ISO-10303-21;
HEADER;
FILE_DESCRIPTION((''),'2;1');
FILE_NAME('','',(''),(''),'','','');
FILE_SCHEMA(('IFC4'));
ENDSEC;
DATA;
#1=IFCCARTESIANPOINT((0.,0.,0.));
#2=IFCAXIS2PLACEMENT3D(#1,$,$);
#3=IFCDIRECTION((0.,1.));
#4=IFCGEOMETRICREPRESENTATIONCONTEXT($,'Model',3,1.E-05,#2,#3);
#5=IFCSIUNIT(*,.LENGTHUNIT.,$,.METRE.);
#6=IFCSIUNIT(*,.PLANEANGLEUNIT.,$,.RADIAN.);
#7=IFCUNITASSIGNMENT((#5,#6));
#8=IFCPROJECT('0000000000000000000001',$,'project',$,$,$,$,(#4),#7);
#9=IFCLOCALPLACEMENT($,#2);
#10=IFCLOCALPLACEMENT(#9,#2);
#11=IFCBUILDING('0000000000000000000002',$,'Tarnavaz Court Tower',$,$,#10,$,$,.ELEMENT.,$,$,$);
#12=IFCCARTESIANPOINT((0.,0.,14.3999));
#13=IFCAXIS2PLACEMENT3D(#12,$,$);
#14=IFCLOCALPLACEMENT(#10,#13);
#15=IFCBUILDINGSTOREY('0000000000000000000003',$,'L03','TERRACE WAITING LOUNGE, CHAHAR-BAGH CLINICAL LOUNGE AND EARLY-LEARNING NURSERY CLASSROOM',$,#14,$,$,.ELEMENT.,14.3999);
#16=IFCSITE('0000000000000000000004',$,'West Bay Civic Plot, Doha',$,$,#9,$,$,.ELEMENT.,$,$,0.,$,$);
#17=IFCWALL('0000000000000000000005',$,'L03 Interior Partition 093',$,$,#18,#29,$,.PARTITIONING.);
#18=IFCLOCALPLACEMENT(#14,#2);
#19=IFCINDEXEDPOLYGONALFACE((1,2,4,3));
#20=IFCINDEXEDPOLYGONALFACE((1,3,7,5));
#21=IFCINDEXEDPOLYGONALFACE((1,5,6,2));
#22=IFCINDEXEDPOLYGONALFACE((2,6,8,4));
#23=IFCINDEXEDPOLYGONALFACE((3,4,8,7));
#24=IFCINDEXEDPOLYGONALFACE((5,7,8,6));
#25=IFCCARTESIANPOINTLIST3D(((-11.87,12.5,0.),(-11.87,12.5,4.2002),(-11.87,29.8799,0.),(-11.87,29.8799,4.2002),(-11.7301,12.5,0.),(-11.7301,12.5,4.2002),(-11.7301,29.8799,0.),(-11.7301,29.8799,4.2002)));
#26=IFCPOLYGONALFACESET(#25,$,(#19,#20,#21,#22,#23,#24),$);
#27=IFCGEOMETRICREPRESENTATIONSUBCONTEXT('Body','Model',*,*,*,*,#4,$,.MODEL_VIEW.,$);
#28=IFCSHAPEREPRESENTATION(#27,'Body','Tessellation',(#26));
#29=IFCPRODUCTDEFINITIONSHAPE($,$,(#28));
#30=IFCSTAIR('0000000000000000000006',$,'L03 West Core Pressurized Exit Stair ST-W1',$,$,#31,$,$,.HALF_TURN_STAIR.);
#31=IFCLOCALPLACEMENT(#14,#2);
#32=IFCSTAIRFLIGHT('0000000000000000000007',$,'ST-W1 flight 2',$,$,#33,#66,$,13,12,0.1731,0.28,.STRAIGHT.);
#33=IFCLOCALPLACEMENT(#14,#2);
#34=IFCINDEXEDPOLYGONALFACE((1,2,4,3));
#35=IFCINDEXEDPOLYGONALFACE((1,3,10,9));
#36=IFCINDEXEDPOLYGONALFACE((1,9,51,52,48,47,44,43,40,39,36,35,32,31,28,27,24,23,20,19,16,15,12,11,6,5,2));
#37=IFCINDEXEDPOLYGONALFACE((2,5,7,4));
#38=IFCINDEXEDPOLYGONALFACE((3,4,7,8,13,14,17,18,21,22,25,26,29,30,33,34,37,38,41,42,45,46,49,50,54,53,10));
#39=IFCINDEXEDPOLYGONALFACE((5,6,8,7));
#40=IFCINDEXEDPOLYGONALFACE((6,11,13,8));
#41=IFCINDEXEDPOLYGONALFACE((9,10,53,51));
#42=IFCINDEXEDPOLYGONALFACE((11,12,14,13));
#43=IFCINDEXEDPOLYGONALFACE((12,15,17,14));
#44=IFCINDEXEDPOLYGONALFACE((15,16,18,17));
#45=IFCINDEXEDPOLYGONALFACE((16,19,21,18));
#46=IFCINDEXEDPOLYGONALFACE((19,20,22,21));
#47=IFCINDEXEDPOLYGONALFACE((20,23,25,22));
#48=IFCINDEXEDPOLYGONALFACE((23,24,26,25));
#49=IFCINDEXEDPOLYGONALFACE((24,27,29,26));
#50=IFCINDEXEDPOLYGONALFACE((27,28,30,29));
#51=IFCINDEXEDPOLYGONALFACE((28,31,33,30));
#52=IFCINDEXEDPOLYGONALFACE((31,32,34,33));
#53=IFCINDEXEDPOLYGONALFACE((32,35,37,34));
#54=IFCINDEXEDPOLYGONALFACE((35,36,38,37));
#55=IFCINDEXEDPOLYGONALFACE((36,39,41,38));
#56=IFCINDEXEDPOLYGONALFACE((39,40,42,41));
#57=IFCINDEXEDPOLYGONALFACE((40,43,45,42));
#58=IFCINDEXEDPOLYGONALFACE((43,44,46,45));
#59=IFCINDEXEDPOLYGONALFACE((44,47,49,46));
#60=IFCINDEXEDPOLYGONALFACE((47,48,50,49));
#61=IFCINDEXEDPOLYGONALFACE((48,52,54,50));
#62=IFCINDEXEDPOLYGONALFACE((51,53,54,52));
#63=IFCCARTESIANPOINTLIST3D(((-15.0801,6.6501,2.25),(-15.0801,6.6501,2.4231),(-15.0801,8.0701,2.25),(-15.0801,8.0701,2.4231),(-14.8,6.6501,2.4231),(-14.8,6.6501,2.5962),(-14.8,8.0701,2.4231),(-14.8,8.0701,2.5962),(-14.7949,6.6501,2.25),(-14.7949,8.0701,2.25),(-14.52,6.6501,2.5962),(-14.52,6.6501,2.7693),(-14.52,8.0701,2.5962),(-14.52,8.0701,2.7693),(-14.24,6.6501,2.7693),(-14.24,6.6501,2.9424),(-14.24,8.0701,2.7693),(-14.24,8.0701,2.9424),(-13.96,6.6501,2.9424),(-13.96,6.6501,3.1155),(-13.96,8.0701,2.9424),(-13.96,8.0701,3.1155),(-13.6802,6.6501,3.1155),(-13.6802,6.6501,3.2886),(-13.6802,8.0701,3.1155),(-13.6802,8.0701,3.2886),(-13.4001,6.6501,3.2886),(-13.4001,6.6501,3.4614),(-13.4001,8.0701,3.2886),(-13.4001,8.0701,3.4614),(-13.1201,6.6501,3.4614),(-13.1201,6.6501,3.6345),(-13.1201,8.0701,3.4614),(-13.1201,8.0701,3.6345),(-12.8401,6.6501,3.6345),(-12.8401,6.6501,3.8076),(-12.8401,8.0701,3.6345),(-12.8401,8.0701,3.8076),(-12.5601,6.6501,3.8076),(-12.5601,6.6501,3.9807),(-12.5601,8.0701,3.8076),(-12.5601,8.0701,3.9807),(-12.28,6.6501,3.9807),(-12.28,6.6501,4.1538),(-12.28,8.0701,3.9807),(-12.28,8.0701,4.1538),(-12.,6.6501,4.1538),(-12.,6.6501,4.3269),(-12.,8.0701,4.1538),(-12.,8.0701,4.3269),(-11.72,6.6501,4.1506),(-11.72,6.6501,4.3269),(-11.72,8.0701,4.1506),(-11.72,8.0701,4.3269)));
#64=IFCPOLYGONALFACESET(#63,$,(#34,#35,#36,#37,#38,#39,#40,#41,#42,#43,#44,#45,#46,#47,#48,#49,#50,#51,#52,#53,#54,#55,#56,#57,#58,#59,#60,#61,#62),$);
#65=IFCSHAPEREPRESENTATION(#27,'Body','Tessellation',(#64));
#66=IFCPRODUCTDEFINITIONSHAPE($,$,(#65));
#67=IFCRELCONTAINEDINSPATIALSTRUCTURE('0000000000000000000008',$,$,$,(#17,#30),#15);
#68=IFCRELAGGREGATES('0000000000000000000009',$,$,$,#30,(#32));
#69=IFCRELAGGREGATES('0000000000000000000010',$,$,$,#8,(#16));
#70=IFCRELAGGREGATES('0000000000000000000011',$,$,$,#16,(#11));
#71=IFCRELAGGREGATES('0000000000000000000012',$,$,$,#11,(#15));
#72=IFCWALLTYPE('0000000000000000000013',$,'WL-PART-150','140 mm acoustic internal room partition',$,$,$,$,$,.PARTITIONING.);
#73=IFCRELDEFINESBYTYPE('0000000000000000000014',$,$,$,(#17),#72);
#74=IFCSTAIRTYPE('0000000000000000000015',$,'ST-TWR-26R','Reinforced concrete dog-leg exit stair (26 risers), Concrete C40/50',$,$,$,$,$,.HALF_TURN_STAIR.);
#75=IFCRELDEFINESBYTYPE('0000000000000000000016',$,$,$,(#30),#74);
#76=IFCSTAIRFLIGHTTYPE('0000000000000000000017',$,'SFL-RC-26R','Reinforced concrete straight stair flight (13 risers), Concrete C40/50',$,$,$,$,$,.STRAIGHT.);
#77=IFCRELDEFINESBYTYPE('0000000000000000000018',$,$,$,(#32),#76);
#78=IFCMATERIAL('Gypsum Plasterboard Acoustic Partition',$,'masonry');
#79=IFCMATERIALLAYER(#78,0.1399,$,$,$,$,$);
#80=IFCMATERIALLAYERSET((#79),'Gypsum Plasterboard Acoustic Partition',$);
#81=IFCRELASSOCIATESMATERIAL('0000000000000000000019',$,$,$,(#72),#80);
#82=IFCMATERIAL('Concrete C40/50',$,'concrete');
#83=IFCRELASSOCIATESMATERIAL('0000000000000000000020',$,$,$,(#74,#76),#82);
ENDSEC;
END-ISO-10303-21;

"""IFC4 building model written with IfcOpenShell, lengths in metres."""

from ifc_helpers import new_model, si_unit, direction, frame, frame_2d, origin, place, context, subcontext, project, spatial, polyline, rectangle, outline, extrude, material, layer, layer_set, type_object, element, aggregate, save


model = new_model("IFC4")

# Units and contexts
model_context = context("Model", 3, precision=1e-05, world=origin(), true_north=direction((0.0, 1.0)))
body_context = subcontext(model_context, "Body", "Model", "MODEL_VIEW")
ifc_project = project(units=[si_unit("LENGTHUNIT", "METRE"), si_unit("PLANEANGLEUNIT", "RADIAN")], contexts=[model_context])

# Site, building, storey
site_placement = place(None, origin())
site = spatial("IfcSite", under=ifc_project, at=site_placement, Name="West Bay Civic Plot, Doha", CompositionType="ELEMENT", RefElevation=0.0)
building_placement = place(site_placement, origin())
building = spatial("IfcBuilding", under=site, at=building_placement, Name="Tarnavaz Court Tower", CompositionType="ELEMENT")
storey_placement = place(building_placement, frame((0.0, 0.0, 14.3999)))
storey = spatial("IfcBuildingStorey", under=building, at=storey_placement, Name="L03", Description="TERRACE WAITING LOUNGE, CHAHAR-BAGH CLINICAL LOUNGE AND EARLY-LEARNING NURSERY CLASSROOM", CompositionType="ELEMENT", Elevation=14.3999)

# Wall
ifc_material_1 = material(Name="Gypsum Plasterboard Acoustic Partition", Category="masonry")
ifc_layer_1 = layer(ifc_material_1, 0.1399)
ifc_layer_set_1 = layer_set([ifc_layer_1], Name="Gypsum Plasterboard Acoustic Partition")
wall_type_1 = type_object("IfcWallType", Name="WL-PART-150", Description="140 mm acoustic internal room partition", PredefinedType="PARTITIONING", material=ifc_layer_set_1)
wall_1_placement = place(storey_placement, frame((-11.8, 12.5, 0.0), z_axis=(0.0, 0.0, 1.0), x_axis=(0.0, 1.0, 0.0)))
element("IfcWall", 1, at=wall_1_placement, inside=storey, type_object=wall_type_1, Name="L03 Interior Partition 093", PredefinedType="PARTITIONING", context=body_context, shape_type="SweptSolid", body=[
    extrude(rectangle(XDim=17.3799, YDim=0.1399, at=frame_2d((8.6899, 0.0))), origin(), (0.0, 0.0, 1.0), 4.2002),
])

# Stair, stair flight
ifc_material_2 = material(Name="Concrete C40/50", Category="concrete")
stair_type = type_object("IfcStairType", Name="ST-TWR-26R", Description="Reinforced concrete dog-leg exit stair (26 risers), Concrete C40/50", PredefinedType="HALF_TURN_STAIR", material=ifc_material_2)
stair_placement = place(storey_placement, origin())
stair = element("IfcStair", 2, at=stair_placement, inside=storey, type_object=stair_type, Name="L03 West Core Pressurized Exit Stair ST-W1", PredefinedType="HALF_TURN_STAIR")
stair_flight_type = type_object("IfcStairFlightType", Name="SFL-RC-26R", Description="Reinforced concrete straight stair flight (13 risers), Concrete C40/50", PredefinedType="STRAIGHT", material=ifc_material_2)
stair_flight_placement = place(storey_placement, frame((-15.0801, 7.3601, 2.25), z_axis=(0.0, 0.0, 1.0), x_axis=(1.0, 0.0, 0.0)))
stair_flight = element("IfcStairFlight", 3, at=stair_flight_placement, type_object=stair_flight_type, Name="ST-W1 flight 2", NumberOfRisers=13, NumberOfTreads=12, PredefinedType="STRAIGHT", RiserHeight=0.1731, TreadLength=0.28, context=body_context, shape_type="SweptSolid", body=[
    extrude(outline(polyline([(0.0, 0.0), (0.0, 0.1731), (0.28, 0.1731), (0.28, 0.3462), (0.5601, 0.3462), (0.5601, 0.5193), (0.8401, 0.5193), (0.8401, 0.6924), (1.1201, 0.6924), (1.1201, 0.8655), (1.3999, 0.8655), (1.3999, 1.0386), (1.6799, 1.0386), (1.6799, 1.2114), (1.96, 1.2114), (1.96, 1.3845), (2.24, 1.3845), (2.24, 1.5576), (2.52, 1.5576), (2.52, 1.7307), (2.8, 1.7307), (2.8, 1.9038), (3.0801, 1.9038), (3.0801, 2.0769), (3.3601, 2.0769), (3.3601, 2.25), (3.3601, 1.9006), (0.2852, 0.0), (0.0, 0.0)])), frame((0.0, 0.71, 0.0), z_axis=(0.0, -1.0, 0.0), x_axis=(1.0, 0.0, 0.0)), (0.0, 0.0, 1.0), 1.4199),
])
aggregate(stair, [stair_flight])

save(model, "model.ifc")
